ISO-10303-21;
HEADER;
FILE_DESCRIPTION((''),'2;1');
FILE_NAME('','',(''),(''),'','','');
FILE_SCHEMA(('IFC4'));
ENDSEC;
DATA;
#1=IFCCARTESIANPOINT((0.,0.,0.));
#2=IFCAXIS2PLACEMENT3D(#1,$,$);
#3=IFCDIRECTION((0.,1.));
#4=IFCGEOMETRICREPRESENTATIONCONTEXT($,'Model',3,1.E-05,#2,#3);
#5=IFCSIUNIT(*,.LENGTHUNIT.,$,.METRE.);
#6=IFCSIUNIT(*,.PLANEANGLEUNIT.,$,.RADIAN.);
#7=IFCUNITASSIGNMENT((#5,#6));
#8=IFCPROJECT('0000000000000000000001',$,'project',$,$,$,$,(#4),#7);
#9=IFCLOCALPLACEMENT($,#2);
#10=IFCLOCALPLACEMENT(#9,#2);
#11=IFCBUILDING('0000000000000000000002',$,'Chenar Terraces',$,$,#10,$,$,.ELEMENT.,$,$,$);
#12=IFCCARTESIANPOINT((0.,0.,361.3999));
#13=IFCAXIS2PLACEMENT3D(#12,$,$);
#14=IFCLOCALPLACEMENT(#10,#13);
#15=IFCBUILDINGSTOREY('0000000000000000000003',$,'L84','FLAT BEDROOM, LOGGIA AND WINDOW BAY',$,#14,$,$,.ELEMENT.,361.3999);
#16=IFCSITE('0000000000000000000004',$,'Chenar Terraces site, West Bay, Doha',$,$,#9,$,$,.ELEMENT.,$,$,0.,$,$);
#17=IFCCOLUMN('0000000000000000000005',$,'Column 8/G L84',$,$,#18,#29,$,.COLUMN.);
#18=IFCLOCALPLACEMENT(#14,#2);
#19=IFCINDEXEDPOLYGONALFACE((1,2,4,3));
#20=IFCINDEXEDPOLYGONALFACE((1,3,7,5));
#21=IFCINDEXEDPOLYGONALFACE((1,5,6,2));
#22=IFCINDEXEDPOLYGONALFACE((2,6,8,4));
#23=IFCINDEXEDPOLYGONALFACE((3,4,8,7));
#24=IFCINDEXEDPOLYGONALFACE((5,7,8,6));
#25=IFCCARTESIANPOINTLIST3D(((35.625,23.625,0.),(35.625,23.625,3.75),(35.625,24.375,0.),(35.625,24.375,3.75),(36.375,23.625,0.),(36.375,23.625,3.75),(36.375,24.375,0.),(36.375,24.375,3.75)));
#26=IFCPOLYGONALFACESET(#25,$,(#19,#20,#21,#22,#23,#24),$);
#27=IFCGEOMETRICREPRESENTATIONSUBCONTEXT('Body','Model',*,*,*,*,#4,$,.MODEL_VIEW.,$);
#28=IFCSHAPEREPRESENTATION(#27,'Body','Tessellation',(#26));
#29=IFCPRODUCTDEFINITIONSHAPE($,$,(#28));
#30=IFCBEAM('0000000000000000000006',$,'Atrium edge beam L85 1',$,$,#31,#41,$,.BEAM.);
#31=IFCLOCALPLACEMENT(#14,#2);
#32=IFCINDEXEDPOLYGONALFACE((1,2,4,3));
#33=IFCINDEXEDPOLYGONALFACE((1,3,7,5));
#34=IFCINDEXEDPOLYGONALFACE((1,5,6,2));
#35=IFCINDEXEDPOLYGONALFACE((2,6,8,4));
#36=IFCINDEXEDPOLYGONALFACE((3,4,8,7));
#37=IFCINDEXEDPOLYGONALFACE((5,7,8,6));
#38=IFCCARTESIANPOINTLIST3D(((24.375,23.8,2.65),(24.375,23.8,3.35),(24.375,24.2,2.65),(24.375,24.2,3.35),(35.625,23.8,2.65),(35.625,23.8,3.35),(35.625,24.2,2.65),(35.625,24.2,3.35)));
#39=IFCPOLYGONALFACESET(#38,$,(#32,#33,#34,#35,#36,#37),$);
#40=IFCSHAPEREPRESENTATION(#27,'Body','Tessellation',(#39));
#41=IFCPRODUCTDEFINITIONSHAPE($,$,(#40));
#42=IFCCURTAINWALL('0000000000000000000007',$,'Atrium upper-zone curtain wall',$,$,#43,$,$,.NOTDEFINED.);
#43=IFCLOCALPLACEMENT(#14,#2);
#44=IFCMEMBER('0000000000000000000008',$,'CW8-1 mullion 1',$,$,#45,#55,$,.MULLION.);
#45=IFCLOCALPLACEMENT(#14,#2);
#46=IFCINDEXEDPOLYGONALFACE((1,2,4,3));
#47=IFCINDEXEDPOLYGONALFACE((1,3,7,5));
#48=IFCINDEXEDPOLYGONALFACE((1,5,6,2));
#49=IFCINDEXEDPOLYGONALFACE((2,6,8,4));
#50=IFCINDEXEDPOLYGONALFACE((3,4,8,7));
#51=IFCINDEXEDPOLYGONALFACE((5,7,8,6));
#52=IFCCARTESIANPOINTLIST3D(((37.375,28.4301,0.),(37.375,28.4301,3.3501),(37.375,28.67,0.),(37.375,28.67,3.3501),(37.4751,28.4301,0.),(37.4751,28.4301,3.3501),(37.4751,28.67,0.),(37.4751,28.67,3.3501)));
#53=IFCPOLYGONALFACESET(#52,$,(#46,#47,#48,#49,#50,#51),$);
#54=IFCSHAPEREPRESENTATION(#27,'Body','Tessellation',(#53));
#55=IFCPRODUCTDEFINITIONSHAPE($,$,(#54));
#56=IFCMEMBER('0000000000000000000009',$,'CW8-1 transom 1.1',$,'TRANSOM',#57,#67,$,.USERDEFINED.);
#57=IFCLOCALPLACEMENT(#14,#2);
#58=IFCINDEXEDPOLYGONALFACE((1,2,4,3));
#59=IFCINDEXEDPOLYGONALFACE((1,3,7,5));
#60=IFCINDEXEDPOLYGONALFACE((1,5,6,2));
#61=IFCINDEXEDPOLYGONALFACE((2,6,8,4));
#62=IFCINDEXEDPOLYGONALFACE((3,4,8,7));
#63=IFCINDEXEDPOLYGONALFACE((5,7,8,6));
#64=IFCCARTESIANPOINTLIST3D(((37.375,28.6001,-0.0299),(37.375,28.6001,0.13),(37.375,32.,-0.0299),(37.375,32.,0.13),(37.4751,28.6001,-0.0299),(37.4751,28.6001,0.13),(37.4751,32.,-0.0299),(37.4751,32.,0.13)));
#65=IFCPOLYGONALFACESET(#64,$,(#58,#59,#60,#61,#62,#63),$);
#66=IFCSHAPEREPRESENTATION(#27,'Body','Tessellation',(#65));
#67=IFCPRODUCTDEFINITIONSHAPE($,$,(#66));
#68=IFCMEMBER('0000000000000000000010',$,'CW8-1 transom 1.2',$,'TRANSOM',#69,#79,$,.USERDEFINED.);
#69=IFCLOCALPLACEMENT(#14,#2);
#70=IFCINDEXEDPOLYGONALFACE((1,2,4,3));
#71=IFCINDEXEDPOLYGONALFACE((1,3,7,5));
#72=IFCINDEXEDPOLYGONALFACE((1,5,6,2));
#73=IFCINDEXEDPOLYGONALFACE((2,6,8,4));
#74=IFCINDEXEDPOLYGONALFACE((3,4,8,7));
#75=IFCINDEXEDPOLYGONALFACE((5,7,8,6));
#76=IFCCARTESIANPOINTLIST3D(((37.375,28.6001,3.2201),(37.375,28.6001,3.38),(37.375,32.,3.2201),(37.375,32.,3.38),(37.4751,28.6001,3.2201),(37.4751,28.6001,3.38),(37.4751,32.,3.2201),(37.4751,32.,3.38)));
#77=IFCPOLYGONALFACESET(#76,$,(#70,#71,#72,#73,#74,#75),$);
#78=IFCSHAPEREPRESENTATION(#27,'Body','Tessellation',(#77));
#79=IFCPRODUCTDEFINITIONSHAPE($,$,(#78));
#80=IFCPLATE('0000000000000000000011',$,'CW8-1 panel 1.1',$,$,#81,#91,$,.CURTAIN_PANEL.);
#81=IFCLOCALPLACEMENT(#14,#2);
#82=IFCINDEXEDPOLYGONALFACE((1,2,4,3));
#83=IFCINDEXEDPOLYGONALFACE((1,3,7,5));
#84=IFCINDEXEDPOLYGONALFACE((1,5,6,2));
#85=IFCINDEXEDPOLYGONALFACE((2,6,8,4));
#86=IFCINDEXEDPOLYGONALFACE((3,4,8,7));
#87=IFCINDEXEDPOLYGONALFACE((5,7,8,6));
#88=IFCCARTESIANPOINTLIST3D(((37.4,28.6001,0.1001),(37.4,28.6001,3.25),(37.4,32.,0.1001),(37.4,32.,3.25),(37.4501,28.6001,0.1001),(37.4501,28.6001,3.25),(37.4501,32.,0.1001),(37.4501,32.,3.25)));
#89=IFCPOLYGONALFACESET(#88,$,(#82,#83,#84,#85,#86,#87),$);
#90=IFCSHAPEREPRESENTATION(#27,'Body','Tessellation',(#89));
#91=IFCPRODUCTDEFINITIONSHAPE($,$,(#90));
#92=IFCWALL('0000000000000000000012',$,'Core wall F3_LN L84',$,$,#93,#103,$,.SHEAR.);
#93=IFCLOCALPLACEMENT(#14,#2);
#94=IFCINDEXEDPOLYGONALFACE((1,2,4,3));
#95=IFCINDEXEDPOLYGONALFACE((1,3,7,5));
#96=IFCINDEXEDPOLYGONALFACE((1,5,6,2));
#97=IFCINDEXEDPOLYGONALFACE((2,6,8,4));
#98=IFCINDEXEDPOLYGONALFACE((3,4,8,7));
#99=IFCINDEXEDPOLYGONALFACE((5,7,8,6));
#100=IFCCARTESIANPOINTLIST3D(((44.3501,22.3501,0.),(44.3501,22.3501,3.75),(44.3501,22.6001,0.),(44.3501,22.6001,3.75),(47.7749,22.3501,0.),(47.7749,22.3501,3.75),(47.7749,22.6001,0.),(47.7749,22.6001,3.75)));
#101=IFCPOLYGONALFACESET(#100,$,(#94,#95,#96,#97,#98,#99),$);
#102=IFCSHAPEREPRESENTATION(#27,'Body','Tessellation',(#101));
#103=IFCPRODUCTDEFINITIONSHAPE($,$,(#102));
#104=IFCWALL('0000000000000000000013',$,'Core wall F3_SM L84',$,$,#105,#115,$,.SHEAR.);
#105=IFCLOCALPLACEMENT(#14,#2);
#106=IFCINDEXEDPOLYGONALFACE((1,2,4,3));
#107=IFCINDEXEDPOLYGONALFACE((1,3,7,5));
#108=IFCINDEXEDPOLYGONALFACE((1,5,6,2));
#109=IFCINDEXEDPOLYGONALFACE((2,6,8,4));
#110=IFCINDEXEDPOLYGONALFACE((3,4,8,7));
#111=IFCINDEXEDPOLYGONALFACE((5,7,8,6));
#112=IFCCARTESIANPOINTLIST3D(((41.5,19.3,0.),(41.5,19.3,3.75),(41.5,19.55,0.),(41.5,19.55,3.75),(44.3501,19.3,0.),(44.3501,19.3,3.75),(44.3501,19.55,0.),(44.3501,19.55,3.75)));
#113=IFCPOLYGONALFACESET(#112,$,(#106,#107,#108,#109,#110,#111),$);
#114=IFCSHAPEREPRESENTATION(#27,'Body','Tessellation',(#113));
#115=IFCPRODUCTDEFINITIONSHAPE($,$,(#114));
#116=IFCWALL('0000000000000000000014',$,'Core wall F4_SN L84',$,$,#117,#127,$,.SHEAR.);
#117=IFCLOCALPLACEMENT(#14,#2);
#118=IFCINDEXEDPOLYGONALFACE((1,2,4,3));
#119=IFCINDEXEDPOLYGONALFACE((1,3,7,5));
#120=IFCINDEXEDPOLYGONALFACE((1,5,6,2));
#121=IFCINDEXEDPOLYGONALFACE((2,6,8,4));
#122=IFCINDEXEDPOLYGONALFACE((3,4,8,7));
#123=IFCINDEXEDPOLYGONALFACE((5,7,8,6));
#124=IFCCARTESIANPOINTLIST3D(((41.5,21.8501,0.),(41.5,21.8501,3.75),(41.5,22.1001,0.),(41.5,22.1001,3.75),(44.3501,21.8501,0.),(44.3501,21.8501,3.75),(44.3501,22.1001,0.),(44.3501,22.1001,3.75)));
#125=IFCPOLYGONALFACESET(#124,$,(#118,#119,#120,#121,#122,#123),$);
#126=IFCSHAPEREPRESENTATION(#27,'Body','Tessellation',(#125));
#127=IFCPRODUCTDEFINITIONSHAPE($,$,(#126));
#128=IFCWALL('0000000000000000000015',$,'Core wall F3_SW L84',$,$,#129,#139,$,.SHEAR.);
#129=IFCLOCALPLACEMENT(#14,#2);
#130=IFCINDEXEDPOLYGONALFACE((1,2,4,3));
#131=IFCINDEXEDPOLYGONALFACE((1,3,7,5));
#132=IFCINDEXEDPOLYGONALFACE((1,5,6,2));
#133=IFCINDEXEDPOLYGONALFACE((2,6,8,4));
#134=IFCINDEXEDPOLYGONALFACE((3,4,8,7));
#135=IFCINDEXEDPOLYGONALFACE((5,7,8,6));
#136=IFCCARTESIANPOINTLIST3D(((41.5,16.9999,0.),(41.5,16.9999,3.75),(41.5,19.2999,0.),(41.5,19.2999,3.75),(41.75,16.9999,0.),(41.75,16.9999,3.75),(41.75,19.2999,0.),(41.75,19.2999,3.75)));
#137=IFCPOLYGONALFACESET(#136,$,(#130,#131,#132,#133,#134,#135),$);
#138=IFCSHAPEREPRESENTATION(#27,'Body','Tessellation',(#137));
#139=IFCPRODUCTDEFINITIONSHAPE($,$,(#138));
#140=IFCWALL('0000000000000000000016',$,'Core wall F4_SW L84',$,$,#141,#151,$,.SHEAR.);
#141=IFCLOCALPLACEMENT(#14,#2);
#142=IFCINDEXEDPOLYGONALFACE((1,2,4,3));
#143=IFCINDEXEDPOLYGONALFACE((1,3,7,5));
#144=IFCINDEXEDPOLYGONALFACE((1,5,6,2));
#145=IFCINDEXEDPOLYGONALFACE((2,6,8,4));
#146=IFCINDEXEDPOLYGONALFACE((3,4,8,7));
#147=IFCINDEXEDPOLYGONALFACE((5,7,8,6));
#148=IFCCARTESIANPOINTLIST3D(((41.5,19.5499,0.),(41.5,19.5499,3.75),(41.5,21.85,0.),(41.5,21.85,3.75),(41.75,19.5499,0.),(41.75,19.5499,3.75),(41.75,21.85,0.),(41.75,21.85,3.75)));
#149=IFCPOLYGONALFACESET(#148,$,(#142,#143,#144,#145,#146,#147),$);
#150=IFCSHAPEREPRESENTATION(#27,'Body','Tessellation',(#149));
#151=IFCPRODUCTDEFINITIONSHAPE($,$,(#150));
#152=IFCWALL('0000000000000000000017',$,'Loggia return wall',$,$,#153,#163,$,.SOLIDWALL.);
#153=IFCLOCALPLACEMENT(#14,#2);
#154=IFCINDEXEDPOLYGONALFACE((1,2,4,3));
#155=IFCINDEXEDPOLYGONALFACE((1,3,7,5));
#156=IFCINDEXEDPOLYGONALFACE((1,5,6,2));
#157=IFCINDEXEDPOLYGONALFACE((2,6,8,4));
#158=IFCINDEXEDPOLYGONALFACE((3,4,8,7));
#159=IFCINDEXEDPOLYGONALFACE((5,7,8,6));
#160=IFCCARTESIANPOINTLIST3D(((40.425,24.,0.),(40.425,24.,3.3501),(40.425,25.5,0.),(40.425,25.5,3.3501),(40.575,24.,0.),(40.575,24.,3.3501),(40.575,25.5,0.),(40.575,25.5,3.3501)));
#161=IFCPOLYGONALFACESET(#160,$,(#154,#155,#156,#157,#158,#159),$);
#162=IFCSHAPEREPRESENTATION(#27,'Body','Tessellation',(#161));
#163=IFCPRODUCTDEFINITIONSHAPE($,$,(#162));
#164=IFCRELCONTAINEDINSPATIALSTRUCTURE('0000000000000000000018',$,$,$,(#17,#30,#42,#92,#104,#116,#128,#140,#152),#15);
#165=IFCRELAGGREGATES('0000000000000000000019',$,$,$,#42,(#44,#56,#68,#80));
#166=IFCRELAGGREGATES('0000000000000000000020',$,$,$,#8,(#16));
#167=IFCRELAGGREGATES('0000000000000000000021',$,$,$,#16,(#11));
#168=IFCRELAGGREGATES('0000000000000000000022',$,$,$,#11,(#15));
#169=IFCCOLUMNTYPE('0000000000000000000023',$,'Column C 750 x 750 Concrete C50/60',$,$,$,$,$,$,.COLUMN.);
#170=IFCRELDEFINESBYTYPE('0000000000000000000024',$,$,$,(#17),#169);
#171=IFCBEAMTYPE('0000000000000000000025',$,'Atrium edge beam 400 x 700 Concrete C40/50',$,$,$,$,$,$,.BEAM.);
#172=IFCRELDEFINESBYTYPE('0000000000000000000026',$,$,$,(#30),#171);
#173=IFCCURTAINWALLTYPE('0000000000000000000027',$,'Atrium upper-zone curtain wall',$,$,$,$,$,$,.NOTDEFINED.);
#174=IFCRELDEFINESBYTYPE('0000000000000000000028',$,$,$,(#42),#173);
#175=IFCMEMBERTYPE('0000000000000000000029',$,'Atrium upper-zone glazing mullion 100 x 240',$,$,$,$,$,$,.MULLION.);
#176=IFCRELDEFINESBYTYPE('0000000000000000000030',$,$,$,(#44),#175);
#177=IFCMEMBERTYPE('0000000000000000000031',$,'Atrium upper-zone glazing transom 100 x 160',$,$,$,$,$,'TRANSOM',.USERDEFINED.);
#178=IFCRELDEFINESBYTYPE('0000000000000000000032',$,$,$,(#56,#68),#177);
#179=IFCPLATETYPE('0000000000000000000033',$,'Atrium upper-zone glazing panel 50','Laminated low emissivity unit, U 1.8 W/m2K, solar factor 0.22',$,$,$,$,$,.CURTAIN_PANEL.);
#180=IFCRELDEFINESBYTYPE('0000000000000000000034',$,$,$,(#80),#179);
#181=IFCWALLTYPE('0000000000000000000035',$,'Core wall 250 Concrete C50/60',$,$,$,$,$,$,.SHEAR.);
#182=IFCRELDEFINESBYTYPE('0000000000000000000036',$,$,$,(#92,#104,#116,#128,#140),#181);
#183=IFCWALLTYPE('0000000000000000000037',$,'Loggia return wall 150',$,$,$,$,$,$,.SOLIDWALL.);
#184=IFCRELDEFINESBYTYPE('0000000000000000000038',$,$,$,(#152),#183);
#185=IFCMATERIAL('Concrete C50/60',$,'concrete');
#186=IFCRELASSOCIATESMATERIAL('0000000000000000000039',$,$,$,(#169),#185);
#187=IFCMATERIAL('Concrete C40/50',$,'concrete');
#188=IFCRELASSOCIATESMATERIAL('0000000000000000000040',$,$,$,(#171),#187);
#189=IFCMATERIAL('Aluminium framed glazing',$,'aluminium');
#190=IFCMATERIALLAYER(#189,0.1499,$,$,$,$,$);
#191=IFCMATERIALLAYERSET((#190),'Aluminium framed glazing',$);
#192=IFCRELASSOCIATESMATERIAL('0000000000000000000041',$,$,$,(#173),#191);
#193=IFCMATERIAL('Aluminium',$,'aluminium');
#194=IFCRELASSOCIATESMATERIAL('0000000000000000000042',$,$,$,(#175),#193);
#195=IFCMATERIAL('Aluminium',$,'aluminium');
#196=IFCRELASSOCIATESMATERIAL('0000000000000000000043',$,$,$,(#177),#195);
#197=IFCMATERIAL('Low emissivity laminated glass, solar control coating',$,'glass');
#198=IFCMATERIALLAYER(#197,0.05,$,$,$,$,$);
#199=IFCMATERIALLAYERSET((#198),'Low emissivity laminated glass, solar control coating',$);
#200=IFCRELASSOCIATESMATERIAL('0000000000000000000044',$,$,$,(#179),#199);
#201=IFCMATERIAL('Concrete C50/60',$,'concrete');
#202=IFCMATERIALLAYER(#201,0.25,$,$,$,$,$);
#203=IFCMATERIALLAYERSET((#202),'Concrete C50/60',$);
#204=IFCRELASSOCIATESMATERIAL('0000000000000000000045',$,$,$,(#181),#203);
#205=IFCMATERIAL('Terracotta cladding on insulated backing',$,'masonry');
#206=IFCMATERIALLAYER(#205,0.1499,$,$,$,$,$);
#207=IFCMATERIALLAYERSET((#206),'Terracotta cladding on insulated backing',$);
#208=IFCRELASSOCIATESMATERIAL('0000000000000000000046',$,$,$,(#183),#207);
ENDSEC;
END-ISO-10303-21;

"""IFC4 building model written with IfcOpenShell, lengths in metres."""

from ifc_helpers import new_model, si_unit, direction, frame, frame_2d, origin, origin_2d, place, context, subcontext, project, spatial, rectangle, extrude, material, layer, layer_set, material_profile, profile_set, type_object, element, aggregate, save


model = new_model("IFC4")

# Units and contexts
model_context = context("Model", 3, precision=1e-05, world=origin(), true_north=direction((0.0, 1.0)))
body_context = subcontext(model_context, "Body", "Model", "MODEL_VIEW")
ifc_project = project(units=[si_unit("LENGTHUNIT", "METRE"), si_unit("PLANEANGLEUNIT", "RADIAN")], contexts=[model_context])

# Site, building, storey
site_placement = place(None, origin())
site = spatial("IfcSite", under=ifc_project, at=site_placement, Name="Chenar Terraces site, West Bay, Doha", CompositionType="ELEMENT", RefElevation=0.0)
building_placement = place(site_placement, origin())
building = spatial("IfcBuilding", under=site, at=building_placement, Name="Chenar Terraces", CompositionType="ELEMENT")
storey_placement = place(building_placement, frame((0.0, 0.0, 361.3999)))
storey = spatial("IfcBuildingStorey", under=building, at=storey_placement, Name="L84", Description="FLAT BEDROOM, LOGGIA AND WINDOW BAY", CompositionType="ELEMENT", Elevation=361.3999)

# Column
ifc_material_1 = material(Name="Concrete C50/60", Category="concrete")
ifc_material_profile_1 = material_profile(ifc_material_1, rectangle(XDim=0.75, YDim=0.75, at=origin_2d()), Name="C 750 x 750")
ifc_profile_set_1 = profile_set([ifc_material_profile_1], Name="Concrete C50/60")
column_type = type_object("IfcColumnType", Name="Column C 750 x 750 Concrete C50/60", PredefinedType="COLUMN", material=ifc_profile_set_1)
column_placement = place(storey_placement, frame((36.0, 24.0, 0.0), z_axis=(0.0, 0.0, 1.0), x_axis=(1.0, 0.0, 0.0)))
element("IfcColumn", 1, at=column_placement, inside=storey, type_object=column_type, Name="Column 8/G L84", PredefinedType="COLUMN", context=body_context, shape_type="SweptSolid", body=[
    extrude(rectangle(XDim=0.75, YDim=0.75, at=origin_2d()), origin(), (0.0, 0.0, 1.0), 3.75),
])

# Beam
ifc_material_2 = material(Name="Concrete C40/50", Category="concrete")
ifc_material_profile_2 = material_profile(ifc_material_2, rectangle(XDim=0.3999, YDim=0.7, at=origin_2d()), Name="RC 400 x 700")
ifc_profile_set_2 = profile_set([ifc_material_profile_2], Name="Concrete C40/50")
beam_type = type_object("IfcBeamType", Name="Atrium edge beam 400 x 700 Concrete C40/50", PredefinedType="BEAM", material=ifc_profile_set_2)
beam_placement = place(storey_placement, frame((24.375, 24.0, 3.0), z_axis=(1.0, 0.0, 0.0), x_axis=(0.0, 1.0, 0.0)))
element("IfcBeam", 2, at=beam_placement, inside=storey, type_object=beam_type, Name="Atrium edge beam L85 1", PredefinedType="BEAM", context=body_context, shape_type="SweptSolid", body=[
    extrude(rectangle(XDim=0.3999, YDim=0.7, at=origin_2d()), origin(), (0.0, 0.0, 1.0), 11.25),
])

# Curtain wall, members, plate
ifc_material_3 = material(Name="Aluminium framed glazing", Category="aluminium")
ifc_layer_1 = layer(ifc_material_3, 0.1499)
ifc_layer_set_1 = layer_set([ifc_layer_1], Name="Aluminium framed glazing")
curtain_wall_type = type_object("IfcCurtainWallType", Name="Atrium upper-zone curtain wall", PredefinedType="NOTDEFINED", material=ifc_layer_set_1)
curtain_wall_placement = place(storey_placement, origin())
curtain_wall = element("IfcCurtainWall", 3, at=curtain_wall_placement, inside=storey, type_object=curtain_wall_type, Name="Atrium upper-zone curtain wall", PredefinedType="NOTDEFINED")
ifc_material_4 = material(Name="Aluminium", Category="aluminium")
ifc_material_profile_3 = material_profile(ifc_material_4, rectangle(XDim=0.1001, YDim=0.24, at=origin_2d()), Name="Atrium upper-zone glazing mullion 100 x 240")
ifc_profile_set_3 = profile_set([ifc_material_profile_3], Name="Aluminium")
member_type_1 = type_object("IfcMemberType", Name="Atrium upper-zone glazing mullion 100 x 240", PredefinedType="MULLION", material=ifc_profile_set_3)
member_1_placement = place(storey_placement, frame((37.425, 28.55, 0.0), z_axis=(0.0, 0.0, 1.0), x_axis=(-1.0, 0.0, 0.0)))
member_1 = element("IfcMember", 4, at=member_1_placement, type_object=member_type_1, Name="CW8-1 mullion 1", PredefinedType="MULLION", context=body_context, shape_type="SweptSolid", body=[
    extrude(rectangle(XDim=0.1001, YDim=0.24, at=origin_2d()), origin(), (0.0, 0.0, 1.0), 3.3501),
])
ifc_material_5 = material(Name="Aluminium", Category="aluminium")
ifc_material_profile_4 = material_profile(ifc_material_5, rectangle(XDim=0.1001, YDim=0.1599, at=origin_2d()), Name="Atrium upper-zone glazing transom 100 x 160")
ifc_profile_set_4 = profile_set([ifc_material_profile_4], Name="Aluminium")
member_type_2 = type_object("IfcMemberType", Name="Atrium upper-zone glazing transom 100 x 160", ElementType="TRANSOM", PredefinedType="USERDEFINED", material=ifc_profile_set_4)
member_2_placement = place(storey_placement, frame((37.425, 28.6001, 0.05), z_axis=(0.0, 1.0, 0.0), x_axis=(-1.0, 0.0, 0.0)))
member_2 = element("IfcMember", 5, at=member_2_placement, type_object=member_type_2, Name="CW8-1 transom 1.1", ObjectType="TRANSOM", PredefinedType="USERDEFINED", context=body_context, shape_type="SweptSolid", body=[
    extrude(rectangle(XDim=0.1001, YDim=0.1599, at=origin_2d()), origin(), (0.0, 0.0, 1.0), 3.3999),
])
member_3_placement = place(storey_placement, frame((37.425, 28.6001, 3.3), z_axis=(0.0, 1.0, 0.0), x_axis=(-1.0, 0.0, 0.0)))
member_3 = element("IfcMember", 6, at=member_3_placement, type_object=member_type_2, Name="CW8-1 transom 1.2", ObjectType="TRANSOM", PredefinedType="USERDEFINED", context=body_context, shape_type="SweptSolid", body=[
    extrude(rectangle(XDim=0.1001, YDim=0.1599, at=origin_2d()), origin(), (0.0, 0.0, 1.0), 3.3999),
])
ifc_material_6 = material(Name="Low emissivity laminated glass, solar control coating", Category="glass")
ifc_layer_2 = layer(ifc_material_6, 0.05)
ifc_layer_set_2 = layer_set([ifc_layer_2], Name="Low emissivity laminated glass, solar control coating")
plate_type = type_object("IfcPlateType", Name="Atrium upper-zone glazing panel 50", Description="Laminated low emissivity unit, U 1.8 W/m2K, solar factor 0.22", PredefinedType="CURTAIN_PANEL", material=ifc_layer_set_2)
plate_placement = place(storey_placement, frame((37.425, 30.3, 0.1001), z_axis=(0.0, 0.0, 1.0), x_axis=(0.0, 1.0, 0.0)))
plate = element("IfcPlate", 7, at=plate_placement, type_object=plate_type, Name="CW8-1 panel 1.1", PredefinedType="CURTAIN_PANEL", context=body_context, shape_type="SweptSolid", body=[
    extrude(rectangle(XDim=3.3999, YDim=0.05, at=origin_2d()), origin(), (0.0, 0.0, 1.0), 3.1499),
])
aggregate(curtain_wall, [member_1, member_2, member_3, plate])

# Walls
ifc_material_7 = material(Name="Concrete C50/60", Category="concrete")
ifc_layer_3 = layer(ifc_material_7, 0.25)
ifc_layer_set_3 = layer_set([ifc_layer_3], Name="Concrete C50/60")
wall_type_1 = type_object("IfcWallType", Name="Core wall 250 Concrete C50/60", PredefinedType="SHEAR", material=ifc_layer_set_3)
wall_1_placement = place(storey_placement, frame((44.3501, 22.4751, 0.0), z_axis=(0.0, 0.0, 1.0), x_axis=(1.0, 0.0, 0.0)))
element("IfcWall", 8, at=wall_1_placement, inside=storey, type_object=wall_type_1, Name="Core wall F3_LN L84", PredefinedType="SHEAR", context=body_context, shape_type="SweptSolid", body=[
    extrude(rectangle(XDim=3.4248, YDim=0.25, at=frame_2d((1.7124, 0.0))), origin(), (0.0, 0.0, 1.0), 3.75),
])
for number, where, z_axis, x_axis, name in (
    (9, (41.5, 19.425, 0.0), (0.0, 0.0, 1.0), (1.0, 0.0, 0.0), "Core wall F3_SM L84"),
    (10, (41.5, 21.9751, 0.0), (0.0, 0.0, 1.0), (1.0, 0.0, 0.0), "Core wall F4_SN L84"),
):
    element("IfcWall", number, at=place(storey_placement, frame(where, z_axis=z_axis, x_axis=x_axis)), inside=storey, type_object=wall_type_1, Name=name, PredefinedType="SHEAR", context=body_context, shape_type="SweptSolid", body=[
        extrude(rectangle(XDim=2.8501, YDim=0.25, at=frame_2d((1.425, 0.0))), origin(), (0.0, 0.0, 1.0), 3.75),
    ])
for number, where, z_axis, x_axis, name in (
    (11, (41.625, 17.0, 0.0), (0.0, 0.0, 1.0), (0.0, 1.0, 0.0), "Core wall F3_SW L84"),
    (12, (41.625, 19.55, 0.0), (0.0, 0.0, 1.0), (0.0, 1.0, 0.0), "Core wall F4_SW L84"),
):
    element("IfcWall", number, at=place(storey_placement, frame(where, z_axis=z_axis, x_axis=x_axis)), inside=storey, type_object=wall_type_1, Name=name, PredefinedType="SHEAR", context=body_context, shape_type="SweptSolid", body=[
        extrude(rectangle(XDim=2.3, YDim=0.25, at=frame_2d((1.1499, 0.0))), origin(), (0.0, 0.0, 1.0), 3.75),
    ])
ifc_material_8 = material(Name="Terracotta cladding on insulated backing", Category="masonry")
ifc_layer_4 = layer(ifc_material_8, 0.1499)
ifc_layer_set_4 = layer_set([ifc_layer_4], Name="Terracotta cladding on insulated backing")
wall_type_2 = type_object("IfcWallType", Name="Loggia return wall 150", PredefinedType="SOLIDWALL", material=ifc_layer_set_4)
wall_2_placement = place(storey_placement, frame((40.5, 25.5, 0.0), z_axis=(0.0, 0.0, 1.0), x_axis=(0.0, -1.0, 0.0)))
element("IfcWall", 13, at=wall_2_placement, inside=storey, type_object=wall_type_2, Name="Loggia return wall", PredefinedType="SOLIDWALL", context=body_context, shape_type="SweptSolid", body=[
    extrude(rectangle(XDim=1.5, YDim=0.1499, at=frame_2d((0.75, 0.0))), origin(), (0.0, 0.0, 1.0), 3.3501),
])

save(model, "model.ifc")
